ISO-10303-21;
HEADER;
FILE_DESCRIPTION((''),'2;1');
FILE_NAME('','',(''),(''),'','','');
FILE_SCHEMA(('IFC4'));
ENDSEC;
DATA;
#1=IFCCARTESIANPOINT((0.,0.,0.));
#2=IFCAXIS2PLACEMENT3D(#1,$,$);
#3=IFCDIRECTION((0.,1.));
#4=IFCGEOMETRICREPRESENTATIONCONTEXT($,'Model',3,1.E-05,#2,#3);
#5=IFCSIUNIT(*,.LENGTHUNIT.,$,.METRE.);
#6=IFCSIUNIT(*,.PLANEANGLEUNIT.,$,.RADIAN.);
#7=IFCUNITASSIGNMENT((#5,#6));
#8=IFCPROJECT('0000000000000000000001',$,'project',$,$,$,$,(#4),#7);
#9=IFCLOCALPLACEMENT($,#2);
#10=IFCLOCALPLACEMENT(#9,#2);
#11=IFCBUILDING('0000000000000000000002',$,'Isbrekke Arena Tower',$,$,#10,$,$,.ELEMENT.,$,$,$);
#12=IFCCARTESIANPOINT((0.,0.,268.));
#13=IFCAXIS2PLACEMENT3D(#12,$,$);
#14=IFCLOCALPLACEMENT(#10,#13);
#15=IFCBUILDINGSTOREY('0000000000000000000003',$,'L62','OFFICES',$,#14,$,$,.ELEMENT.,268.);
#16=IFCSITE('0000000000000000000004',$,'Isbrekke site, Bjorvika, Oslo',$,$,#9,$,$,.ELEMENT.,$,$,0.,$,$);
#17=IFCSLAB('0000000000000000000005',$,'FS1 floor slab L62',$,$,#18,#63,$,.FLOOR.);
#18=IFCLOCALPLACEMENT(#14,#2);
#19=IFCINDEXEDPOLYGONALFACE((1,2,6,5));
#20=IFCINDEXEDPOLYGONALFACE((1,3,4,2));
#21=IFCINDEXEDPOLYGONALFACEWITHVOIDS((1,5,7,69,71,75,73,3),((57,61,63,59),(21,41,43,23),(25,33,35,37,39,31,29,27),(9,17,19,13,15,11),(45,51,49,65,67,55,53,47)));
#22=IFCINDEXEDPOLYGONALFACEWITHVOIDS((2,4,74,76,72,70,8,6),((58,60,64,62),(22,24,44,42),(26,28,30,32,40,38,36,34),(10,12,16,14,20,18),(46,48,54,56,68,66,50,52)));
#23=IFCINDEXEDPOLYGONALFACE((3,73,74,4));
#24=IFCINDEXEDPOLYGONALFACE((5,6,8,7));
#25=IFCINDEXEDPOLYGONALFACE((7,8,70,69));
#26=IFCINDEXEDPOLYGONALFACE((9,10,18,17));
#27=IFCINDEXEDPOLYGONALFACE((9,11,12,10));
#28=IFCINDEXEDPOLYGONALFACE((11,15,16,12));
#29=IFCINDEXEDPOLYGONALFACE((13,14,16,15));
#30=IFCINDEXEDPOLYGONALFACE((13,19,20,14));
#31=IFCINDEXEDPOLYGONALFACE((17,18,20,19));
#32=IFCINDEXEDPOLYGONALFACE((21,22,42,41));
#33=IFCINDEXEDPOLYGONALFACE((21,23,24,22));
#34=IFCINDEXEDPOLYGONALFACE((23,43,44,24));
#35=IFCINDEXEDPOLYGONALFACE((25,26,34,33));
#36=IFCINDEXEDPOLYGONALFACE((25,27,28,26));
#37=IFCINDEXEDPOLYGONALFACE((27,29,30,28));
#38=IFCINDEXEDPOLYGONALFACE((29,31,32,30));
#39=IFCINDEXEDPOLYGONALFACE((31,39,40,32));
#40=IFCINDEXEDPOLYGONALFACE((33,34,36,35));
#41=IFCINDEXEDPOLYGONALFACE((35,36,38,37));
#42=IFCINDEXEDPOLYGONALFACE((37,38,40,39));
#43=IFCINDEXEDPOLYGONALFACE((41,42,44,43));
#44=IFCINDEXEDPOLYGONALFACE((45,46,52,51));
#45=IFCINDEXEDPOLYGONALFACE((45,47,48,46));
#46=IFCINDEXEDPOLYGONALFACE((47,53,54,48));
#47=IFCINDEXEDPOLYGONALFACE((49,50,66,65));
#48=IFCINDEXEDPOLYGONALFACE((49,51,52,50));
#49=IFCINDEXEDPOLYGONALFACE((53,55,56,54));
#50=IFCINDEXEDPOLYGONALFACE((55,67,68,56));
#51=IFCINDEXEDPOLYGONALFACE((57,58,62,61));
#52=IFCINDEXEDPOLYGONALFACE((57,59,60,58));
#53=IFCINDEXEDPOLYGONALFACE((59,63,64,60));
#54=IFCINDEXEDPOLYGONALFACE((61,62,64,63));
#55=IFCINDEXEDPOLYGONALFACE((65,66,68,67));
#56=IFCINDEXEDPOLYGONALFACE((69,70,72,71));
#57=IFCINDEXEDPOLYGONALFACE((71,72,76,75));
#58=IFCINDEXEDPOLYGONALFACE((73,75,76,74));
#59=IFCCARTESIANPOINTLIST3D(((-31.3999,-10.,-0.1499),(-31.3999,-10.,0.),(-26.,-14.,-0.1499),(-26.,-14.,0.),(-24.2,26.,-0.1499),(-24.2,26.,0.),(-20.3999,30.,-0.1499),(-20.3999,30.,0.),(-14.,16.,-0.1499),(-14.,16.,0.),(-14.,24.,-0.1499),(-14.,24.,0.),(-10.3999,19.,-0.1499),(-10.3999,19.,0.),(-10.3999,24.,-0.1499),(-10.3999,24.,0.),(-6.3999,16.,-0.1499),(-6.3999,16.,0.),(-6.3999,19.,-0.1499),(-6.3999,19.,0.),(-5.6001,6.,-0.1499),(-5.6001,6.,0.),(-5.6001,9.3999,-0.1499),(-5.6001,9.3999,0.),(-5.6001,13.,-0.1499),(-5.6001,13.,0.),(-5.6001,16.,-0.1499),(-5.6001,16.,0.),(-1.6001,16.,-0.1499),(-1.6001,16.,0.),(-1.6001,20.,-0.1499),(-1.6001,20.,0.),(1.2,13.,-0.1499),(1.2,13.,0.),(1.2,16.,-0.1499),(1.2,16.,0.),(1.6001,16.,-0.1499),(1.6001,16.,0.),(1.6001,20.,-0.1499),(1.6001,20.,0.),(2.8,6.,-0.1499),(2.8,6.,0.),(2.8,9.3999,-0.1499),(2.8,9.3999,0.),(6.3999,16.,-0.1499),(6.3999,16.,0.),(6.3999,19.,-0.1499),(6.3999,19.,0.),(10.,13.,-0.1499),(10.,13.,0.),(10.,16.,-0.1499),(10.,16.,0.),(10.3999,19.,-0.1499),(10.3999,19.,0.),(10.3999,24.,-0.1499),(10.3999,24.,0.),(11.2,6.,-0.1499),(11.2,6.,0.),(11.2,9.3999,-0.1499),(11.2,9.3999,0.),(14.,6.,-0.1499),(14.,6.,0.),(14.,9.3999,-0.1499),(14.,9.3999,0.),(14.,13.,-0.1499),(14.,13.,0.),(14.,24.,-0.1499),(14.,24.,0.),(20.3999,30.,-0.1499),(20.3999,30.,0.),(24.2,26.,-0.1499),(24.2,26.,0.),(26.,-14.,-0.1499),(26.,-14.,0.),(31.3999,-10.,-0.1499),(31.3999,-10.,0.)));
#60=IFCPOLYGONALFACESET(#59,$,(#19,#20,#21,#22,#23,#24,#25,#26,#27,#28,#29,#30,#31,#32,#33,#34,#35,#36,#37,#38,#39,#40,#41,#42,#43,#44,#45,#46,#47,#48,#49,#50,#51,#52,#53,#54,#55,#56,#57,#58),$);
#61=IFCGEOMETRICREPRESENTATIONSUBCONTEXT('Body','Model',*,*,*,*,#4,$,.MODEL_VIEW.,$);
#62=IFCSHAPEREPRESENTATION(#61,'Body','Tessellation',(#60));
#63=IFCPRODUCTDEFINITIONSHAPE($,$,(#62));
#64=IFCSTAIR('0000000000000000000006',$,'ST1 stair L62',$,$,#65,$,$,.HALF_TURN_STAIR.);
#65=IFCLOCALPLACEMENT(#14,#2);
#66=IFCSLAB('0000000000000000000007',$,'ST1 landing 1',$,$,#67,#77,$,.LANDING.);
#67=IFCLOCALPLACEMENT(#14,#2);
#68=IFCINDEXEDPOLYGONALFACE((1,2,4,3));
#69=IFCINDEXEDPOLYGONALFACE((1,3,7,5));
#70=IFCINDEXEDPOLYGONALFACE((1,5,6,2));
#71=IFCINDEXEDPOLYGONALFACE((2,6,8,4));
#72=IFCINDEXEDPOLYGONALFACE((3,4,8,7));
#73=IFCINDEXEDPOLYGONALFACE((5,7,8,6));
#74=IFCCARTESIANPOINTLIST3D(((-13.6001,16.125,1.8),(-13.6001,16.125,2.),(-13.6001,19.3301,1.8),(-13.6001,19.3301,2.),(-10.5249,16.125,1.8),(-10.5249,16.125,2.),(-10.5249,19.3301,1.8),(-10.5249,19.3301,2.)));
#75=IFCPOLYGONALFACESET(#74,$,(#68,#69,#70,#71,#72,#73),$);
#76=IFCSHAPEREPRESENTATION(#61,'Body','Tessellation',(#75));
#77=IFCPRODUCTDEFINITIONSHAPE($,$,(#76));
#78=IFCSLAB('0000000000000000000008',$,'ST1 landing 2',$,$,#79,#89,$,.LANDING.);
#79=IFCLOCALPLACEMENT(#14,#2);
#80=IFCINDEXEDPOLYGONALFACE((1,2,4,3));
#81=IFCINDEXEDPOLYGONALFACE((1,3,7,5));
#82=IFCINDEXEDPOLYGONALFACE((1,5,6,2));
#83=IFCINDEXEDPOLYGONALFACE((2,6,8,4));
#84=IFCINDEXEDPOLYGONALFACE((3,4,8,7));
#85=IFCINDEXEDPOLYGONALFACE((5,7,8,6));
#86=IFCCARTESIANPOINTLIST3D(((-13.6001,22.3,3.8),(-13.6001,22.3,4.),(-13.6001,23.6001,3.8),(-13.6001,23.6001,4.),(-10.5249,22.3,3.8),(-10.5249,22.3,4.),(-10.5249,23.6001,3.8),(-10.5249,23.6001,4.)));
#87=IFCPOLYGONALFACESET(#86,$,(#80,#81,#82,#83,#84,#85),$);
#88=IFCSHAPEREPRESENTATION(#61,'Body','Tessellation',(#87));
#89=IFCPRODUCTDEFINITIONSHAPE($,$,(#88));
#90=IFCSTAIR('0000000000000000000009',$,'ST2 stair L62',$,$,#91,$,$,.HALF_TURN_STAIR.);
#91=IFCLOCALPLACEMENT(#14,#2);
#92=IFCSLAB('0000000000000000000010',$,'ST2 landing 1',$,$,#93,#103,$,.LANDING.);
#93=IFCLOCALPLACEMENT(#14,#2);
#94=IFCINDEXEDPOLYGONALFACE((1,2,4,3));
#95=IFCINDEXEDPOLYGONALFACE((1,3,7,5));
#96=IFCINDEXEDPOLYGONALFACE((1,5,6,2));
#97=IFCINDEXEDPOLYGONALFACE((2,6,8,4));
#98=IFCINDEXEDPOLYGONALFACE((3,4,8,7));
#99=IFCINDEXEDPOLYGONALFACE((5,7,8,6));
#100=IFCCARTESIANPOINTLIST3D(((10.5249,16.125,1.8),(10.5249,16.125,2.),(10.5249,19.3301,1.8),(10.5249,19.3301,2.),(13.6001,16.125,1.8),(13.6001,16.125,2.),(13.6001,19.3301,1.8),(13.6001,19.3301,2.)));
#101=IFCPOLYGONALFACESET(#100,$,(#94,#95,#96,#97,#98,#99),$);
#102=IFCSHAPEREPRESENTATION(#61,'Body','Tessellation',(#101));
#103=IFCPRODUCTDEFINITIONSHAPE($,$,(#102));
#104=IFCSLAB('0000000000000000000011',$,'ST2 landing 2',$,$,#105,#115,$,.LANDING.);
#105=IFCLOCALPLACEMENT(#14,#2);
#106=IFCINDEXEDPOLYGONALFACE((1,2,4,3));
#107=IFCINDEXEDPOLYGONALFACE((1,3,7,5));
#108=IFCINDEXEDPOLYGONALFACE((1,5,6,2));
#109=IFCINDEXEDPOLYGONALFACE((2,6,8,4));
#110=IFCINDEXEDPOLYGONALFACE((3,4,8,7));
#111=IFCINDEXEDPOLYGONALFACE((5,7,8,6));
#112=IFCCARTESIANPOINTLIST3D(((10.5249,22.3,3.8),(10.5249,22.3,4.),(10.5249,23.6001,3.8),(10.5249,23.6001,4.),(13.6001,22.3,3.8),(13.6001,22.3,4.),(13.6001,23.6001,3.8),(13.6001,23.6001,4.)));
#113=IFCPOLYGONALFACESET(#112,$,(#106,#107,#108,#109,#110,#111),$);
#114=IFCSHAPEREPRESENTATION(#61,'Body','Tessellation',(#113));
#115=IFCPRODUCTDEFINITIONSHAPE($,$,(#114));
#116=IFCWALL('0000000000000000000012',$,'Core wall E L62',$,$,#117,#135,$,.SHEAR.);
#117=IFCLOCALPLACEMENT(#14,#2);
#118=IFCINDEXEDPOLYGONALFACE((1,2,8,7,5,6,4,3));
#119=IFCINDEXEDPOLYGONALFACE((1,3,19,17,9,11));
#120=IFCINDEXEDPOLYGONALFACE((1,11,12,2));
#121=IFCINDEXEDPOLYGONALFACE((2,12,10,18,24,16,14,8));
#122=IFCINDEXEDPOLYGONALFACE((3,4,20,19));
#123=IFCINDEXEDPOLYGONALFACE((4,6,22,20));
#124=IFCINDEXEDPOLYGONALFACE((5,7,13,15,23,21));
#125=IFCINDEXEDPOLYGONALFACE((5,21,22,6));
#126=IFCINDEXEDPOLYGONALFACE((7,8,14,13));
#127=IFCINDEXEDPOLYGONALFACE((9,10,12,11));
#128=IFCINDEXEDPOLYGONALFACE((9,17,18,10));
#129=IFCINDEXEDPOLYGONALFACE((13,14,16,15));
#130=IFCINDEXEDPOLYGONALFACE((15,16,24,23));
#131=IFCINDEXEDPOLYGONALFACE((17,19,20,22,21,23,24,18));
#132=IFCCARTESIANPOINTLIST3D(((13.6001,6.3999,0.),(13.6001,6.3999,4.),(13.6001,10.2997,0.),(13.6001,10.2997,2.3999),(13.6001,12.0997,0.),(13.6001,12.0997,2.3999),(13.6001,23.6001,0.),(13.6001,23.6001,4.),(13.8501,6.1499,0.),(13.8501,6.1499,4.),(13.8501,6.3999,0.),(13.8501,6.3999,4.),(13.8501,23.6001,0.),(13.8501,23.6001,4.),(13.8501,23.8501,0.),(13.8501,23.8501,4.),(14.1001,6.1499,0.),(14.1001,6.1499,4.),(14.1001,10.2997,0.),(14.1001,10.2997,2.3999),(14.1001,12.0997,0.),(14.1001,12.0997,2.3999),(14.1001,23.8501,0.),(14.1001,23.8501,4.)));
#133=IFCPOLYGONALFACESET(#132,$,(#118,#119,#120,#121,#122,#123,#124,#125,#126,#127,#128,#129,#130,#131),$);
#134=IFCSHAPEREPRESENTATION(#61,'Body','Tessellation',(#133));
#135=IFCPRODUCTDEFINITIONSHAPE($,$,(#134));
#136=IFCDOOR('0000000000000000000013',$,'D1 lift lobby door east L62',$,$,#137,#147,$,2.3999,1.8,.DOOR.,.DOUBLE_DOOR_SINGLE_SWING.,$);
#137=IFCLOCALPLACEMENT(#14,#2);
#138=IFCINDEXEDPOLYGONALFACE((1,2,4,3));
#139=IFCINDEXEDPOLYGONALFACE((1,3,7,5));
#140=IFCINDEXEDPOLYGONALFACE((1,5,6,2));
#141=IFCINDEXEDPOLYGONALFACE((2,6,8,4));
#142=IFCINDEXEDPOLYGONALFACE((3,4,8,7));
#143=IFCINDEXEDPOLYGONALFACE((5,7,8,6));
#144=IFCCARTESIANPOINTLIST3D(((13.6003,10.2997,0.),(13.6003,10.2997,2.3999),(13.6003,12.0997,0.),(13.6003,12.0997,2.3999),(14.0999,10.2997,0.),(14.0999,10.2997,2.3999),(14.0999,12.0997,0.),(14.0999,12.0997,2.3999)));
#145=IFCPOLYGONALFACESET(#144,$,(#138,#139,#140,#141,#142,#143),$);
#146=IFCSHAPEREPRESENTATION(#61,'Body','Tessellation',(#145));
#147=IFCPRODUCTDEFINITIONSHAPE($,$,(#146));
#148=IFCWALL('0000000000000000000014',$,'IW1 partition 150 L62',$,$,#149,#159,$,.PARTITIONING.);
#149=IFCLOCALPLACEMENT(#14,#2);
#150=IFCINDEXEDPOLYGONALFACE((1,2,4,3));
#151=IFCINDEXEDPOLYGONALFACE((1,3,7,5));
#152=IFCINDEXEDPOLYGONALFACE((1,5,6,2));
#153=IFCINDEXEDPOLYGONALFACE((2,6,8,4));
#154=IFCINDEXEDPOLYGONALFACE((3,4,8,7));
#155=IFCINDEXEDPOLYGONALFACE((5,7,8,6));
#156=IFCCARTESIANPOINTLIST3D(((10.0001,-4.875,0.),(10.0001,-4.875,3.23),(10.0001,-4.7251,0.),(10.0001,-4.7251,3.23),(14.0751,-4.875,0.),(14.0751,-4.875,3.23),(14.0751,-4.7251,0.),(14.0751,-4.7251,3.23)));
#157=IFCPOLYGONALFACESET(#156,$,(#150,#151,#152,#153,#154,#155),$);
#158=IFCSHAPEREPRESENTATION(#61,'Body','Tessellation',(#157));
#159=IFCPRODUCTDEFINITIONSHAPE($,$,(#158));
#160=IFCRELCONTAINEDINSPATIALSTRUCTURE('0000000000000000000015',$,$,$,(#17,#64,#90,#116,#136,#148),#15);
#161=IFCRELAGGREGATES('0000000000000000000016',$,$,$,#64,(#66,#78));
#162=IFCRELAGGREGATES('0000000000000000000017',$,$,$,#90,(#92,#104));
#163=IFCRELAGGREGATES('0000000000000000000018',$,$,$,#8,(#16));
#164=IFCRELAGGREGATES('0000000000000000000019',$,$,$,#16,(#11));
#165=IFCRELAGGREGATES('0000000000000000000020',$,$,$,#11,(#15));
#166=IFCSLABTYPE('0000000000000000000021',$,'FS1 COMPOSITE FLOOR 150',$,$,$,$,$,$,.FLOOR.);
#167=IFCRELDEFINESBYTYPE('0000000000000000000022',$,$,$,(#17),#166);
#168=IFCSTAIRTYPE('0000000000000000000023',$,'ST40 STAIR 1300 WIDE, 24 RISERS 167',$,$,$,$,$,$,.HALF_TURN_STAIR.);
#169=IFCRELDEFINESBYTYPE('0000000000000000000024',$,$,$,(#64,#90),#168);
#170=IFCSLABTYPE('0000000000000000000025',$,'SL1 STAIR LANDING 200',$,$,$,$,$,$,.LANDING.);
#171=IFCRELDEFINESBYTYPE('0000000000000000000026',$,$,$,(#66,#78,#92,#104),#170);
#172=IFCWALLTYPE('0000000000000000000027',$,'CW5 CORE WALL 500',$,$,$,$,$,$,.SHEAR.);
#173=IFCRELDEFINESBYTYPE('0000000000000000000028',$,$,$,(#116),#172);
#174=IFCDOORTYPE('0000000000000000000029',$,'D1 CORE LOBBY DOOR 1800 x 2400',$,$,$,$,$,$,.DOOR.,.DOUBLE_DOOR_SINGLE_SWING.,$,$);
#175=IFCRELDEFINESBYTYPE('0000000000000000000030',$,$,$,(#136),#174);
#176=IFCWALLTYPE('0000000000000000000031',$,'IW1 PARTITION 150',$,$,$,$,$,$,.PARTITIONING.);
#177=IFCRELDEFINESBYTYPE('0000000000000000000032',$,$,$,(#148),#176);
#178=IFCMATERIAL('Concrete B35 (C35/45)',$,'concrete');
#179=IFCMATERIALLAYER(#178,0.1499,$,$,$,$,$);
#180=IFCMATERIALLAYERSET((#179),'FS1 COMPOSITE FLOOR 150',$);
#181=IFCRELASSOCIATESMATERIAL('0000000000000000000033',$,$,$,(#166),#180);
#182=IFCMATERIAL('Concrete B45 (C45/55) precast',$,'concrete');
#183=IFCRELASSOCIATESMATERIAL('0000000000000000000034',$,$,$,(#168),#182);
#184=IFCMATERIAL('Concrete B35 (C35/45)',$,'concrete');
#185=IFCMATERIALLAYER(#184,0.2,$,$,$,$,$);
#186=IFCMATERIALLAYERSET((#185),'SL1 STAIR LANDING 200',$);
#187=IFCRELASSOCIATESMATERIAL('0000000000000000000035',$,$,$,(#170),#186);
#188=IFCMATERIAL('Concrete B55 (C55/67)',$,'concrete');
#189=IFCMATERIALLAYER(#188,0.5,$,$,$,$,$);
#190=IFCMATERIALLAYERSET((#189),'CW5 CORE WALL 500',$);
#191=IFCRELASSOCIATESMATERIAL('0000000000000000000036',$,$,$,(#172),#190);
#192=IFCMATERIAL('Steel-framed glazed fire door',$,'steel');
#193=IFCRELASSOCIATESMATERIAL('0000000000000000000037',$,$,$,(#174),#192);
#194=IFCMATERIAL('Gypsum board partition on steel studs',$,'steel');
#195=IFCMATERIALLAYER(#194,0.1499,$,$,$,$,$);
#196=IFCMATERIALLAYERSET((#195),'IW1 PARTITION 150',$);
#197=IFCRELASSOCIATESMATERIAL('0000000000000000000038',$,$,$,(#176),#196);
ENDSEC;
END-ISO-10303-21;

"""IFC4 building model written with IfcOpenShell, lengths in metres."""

from ifc_helpers import new_model, si_unit, direction, frame, frame_2d, origin, place, context, subcontext, project, spatial, polyline, rectangle, outline, extrude, material, layer, layer_set, type_object, element, fill, aggregate, save


model = new_model("IFC4")

# Units and contexts
model_context = context("Model", 3, precision=1e-05, world=origin(), true_north=direction((0.0, 1.0)))
body_context = subcontext(model_context, "Body", "Model", "MODEL_VIEW")
ifc_project = project(units=[si_unit("LENGTHUNIT", "METRE"), si_unit("PLANEANGLEUNIT", "RADIAN")], contexts=[model_context])

# Site, building, storey
site_placement = place(None, origin())
site = spatial("IfcSite", under=ifc_project, at=site_placement, Name="Isbrekke site, Bjorvika, Oslo", CompositionType="ELEMENT", RefElevation=0.0)
building_placement = place(site_placement, origin())
building = spatial("IfcBuilding", under=site, at=building_placement, Name="Isbrekke Arena Tower", CompositionType="ELEMENT")
storey_placement = place(building_placement, frame((0.0, 0.0, 268.0)))
storey = spatial("IfcBuildingStorey", under=building, at=storey_placement, Name="L62", Description="OFFICES", CompositionType="ELEMENT", Elevation=268.0)

# Slab
ifc_material_1 = material(Name="Concrete B35 (C35/45)", Category="concrete")
ifc_layer_1 = layer(ifc_material_1, 0.1499)
ifc_layer_set_1 = layer_set([ifc_layer_1], Name="FS1 COMPOSITE FLOOR 150")
slab_type_1 = type_object("IfcSlabType", Name="FS1 COMPOSITE FLOOR 150", PredefinedType="FLOOR", material=ifc_layer_set_1)
slab_1_placement = place(storey_placement, frame((0.0, 0.0, -0.1499)))
element("IfcSlab", 1, at=slab_1_placement, inside=storey, type_object=slab_type_1, Name="FS1 floor slab L62", PredefinedType="FLOOR", context=body_context, shape_type="SweptSolid", body=[
    extrude(outline(polyline([(-26.0, -14.0), (26.0, -14.0), (31.3999, -10.0), (24.2, 26.0), (20.3999, 30.0), (-20.3999, 30.0), (-24.2, 26.0), (-31.3999, -10.0), (-26.0, -14.0)]), holes=[polyline([(2.8, 9.3999), (2.8, 6.0), (-5.6001, 6.0), (-5.6001, 9.3999), (2.8, 9.3999)]), polyline([(11.2, 6.0), (11.2, 9.3999), (14.0, 9.3999), (14.0, 6.0), (11.2, 6.0)]), polyline([(-5.6001, 13.0), (-5.6001, 16.0), (-1.6001, 16.0), (-1.6001, 20.0), (1.6001, 20.0), (1.6001, 16.0), (1.2, 16.0), (1.2, 13.0), (-5.6001, 13.0)]), polyline([(14.0, 13.0), (10.0, 13.0), (10.0, 16.0), (6.3999, 16.0), (6.3999, 19.0), (10.3999, 19.0), (10.3999, 24.0), (14.0, 24.0), (14.0, 13.0)]), polyline([(-6.3999, 19.0), (-6.3999, 16.0), (-14.0, 16.0), (-14.0, 24.0), (-10.3999, 24.0), (-10.3999, 19.0), (-6.3999, 19.0)])]), origin(), (0.0, 0.0, 1.0), 0.1499),
])

# Stairs, slabs
ifc_material_2 = material(Name="Concrete B45 (C45/55) precast", Category="concrete")
stair_type = type_object("IfcStairType", Name="ST40 STAIR 1300 WIDE, 24 RISERS 167", PredefinedType="HALF_TURN_STAIR", material=ifc_material_2)
stair_1_placement = place(storey_placement, origin())
stair_1 = element("IfcStair", 2, at=stair_1_placement, inside=storey, type_object=stair_type, Name="ST1 stair L62", PredefinedType="HALF_TURN_STAIR")
ifc_material_3 = material(Name="Concrete B35 (C35/45)", Category="concrete")
ifc_layer_2 = layer(ifc_material_3, 0.2)
ifc_layer_set_2 = layer_set([ifc_layer_2], Name="SL1 STAIR LANDING 200")
slab_type_2 = type_object("IfcSlabType", Name="SL1 STAIR LANDING 200", PredefinedType="LANDING", material=ifc_layer_set_2)
slab_2_placement = place(storey_placement, frame((0.0, 0.0, 1.8)))
slab_2 = element("IfcSlab", 3, at=slab_2_placement, type_object=slab_type_2, Name="ST1 landing 1", PredefinedType="LANDING", context=body_context, shape_type="SweptSolid", body=[
    extrude(outline(polyline([(-13.6001, 16.125), (-10.5249, 16.125), (-10.5249, 19.3301), (-13.6001, 19.3301), (-13.6001, 16.125)])), origin(), (0.0, 0.0, 1.0), 0.2),
])
slab_3_placement = place(storey_placement, frame((0.0, 0.0, 3.8)))
slab_3 = element("IfcSlab", 4, at=slab_3_placement, type_object=slab_type_2, Name="ST1 landing 2", PredefinedType="LANDING", context=body_context, shape_type="SweptSolid", body=[
    extrude(outline(polyline([(-13.6001, 22.3), (-10.5249, 22.3), (-10.5249, 23.6001), (-13.6001, 23.6001), (-13.6001, 22.3)])), origin(), (0.0, 0.0, 1.0), 0.2),
])
aggregate(stair_1, [slab_2, slab_3])
stair_2_placement = place(storey_placement, origin())
stair_2 = element("IfcStair", 5, at=stair_2_placement, inside=storey, type_object=stair_type, Name="ST2 stair L62", PredefinedType="HALF_TURN_STAIR")
slab_4_placement = place(storey_placement, frame((0.0, 0.0, 1.8)))
slab_4 = element("IfcSlab", 6, at=slab_4_placement, type_object=slab_type_2, Name="ST2 landing 1", PredefinedType="LANDING", context=body_context, shape_type="SweptSolid", body=[
    extrude(outline(polyline([(10.5249, 16.125), (13.6001, 16.125), (13.6001, 19.3301), (10.5249, 19.3301), (10.5249, 16.125)])), origin(), (0.0, 0.0, 1.0), 0.2),
])
slab_5_placement = place(storey_placement, frame((0.0, 0.0, 3.8)))
slab_5 = element("IfcSlab", 7, at=slab_5_placement, type_object=slab_type_2, Name="ST2 landing 2", PredefinedType="LANDING", context=body_context, shape_type="SweptSolid", body=[
    extrude(outline(polyline([(10.5249, 22.3), (13.6001, 22.3), (13.6001, 23.6001), (10.5249, 23.6001), (10.5249, 22.3)])), origin(), (0.0, 0.0, 1.0), 0.2),
])
aggregate(stair_2, [slab_4, slab_5])

# Wall, opening, door
ifc_material_4 = material(Name="Concrete B55 (C55/67)", Category="concrete")
ifc_layer_3 = layer(ifc_material_4, 0.5)
ifc_layer_set_3 = layer_set([ifc_layer_3], Name="CW5 CORE WALL 500")
wall_type_1 = type_object("IfcWallType", Name="CW5 CORE WALL 500", PredefinedType="SHEAR", material=ifc_layer_set_3)
wall_1_placement = place(storey_placement, frame((13.8501, 6.1499, 0.0), z_axis=(0.0, 0.0, 1.0), x_axis=(0.0, 1.0, 0.0)))
wall_1 = element("IfcWall", 8, at=wall_1_placement, inside=storey, type_object=wall_type_1, Name="Core wall E L62", PredefinedType="SHEAR", context=body_context, shape_type="SweptSolid", body=[
    extrude(outline(polyline([(0.0, -0.25), (17.7002, -0.25), (17.7002, 0.0), (17.4502, 0.0), (17.4502, 0.25), (0.25, 0.25), (0.25, 0.0), (0.0, 0.0), (0.0, -0.25)])), origin(), (0.0, 0.0, 1.0), 4.0),
])
opening_1_placement = place(wall_1_placement, frame((4.1499, 0.0, 0.0)))
opening_1 = element("IfcOpeningElement", 9, at=opening_1_placement, cuts=wall_1, PredefinedType="OPENING", context=body_context, shape_type="SweptSolid", body=[
    extrude(rectangle(XDim=1.8, YDim=2.3999, at=frame_2d((0.8999, 1.2))), frame((0.0, 0.2649, 0.0), z_axis=(0.0, -1.0, 0.0), x_axis=(1.0, 0.0, 0.0)), (0.0, 0.0, 1.0), 0.5298),
])
ifc_material_5 = material(Name="Steel-framed glazed fire door", Category="steel")
door_type_1 = type_object("IfcDoorType", Name="D1 CORE LOBBY DOOR 1800 x 2400", OperationType="DOUBLE_DOOR_SINGLE_SWING", PredefinedType="DOOR", material=ifc_material_5)
door_1_placement = place(opening_1_placement, origin())
door_1 = element("IfcDoor", 10, at=door_1_placement, inside=storey, type_object=door_type_1, Name="D1 lift lobby door east L62", OperationType="DOUBLE_DOOR_SINGLE_SWING", OverallHeight=2.3999, OverallWidth=1.8, PredefinedType="DOOR", context=body_context, shape_type="SweptSolid", body=[
    extrude(rectangle(XDim=1.8, YDim=2.3999, at=frame_2d((0.8999, 1.2))), frame((0.0, 0.2498, 0.0), z_axis=(0.0, -1.0, 0.0), x_axis=(1.0, 0.0, 0.0)), (0.0, 0.0, 1.0), 0.4995),
])
fill(opening_1, door_1)

# Wall
ifc_material_6 = material(Name="Gypsum board partition on steel studs", Category="steel")
ifc_layer_4 = layer(ifc_material_6, 0.1499)
ifc_layer_set_4 = layer_set([ifc_layer_4], Name="IW1 PARTITION 150")
wall_type_2 = type_object("IfcWallType", Name="IW1 PARTITION 150", PredefinedType="PARTITIONING", material=ifc_layer_set_4)
wall_2_placement = place(storey_placement, frame((10.0, -4.8, 0.0), z_axis=(0.0, 0.0, 1.0), x_axis=(1.0, 0.0, 0.0)))
element("IfcWall", 11, at=wall_2_placement, inside=storey, type_object=wall_type_2, Name="IW1 partition 150 L62", PredefinedType="PARTITIONING", context=body_context, shape_type="SweptSolid", body=[
    extrude(rectangle(XDim=4.075, YDim=0.1499, at=frame_2d((2.0376, 0.0))), origin(), (0.0, 0.0, 1.0), 3.23),
])

save(model, "model.ifc")
